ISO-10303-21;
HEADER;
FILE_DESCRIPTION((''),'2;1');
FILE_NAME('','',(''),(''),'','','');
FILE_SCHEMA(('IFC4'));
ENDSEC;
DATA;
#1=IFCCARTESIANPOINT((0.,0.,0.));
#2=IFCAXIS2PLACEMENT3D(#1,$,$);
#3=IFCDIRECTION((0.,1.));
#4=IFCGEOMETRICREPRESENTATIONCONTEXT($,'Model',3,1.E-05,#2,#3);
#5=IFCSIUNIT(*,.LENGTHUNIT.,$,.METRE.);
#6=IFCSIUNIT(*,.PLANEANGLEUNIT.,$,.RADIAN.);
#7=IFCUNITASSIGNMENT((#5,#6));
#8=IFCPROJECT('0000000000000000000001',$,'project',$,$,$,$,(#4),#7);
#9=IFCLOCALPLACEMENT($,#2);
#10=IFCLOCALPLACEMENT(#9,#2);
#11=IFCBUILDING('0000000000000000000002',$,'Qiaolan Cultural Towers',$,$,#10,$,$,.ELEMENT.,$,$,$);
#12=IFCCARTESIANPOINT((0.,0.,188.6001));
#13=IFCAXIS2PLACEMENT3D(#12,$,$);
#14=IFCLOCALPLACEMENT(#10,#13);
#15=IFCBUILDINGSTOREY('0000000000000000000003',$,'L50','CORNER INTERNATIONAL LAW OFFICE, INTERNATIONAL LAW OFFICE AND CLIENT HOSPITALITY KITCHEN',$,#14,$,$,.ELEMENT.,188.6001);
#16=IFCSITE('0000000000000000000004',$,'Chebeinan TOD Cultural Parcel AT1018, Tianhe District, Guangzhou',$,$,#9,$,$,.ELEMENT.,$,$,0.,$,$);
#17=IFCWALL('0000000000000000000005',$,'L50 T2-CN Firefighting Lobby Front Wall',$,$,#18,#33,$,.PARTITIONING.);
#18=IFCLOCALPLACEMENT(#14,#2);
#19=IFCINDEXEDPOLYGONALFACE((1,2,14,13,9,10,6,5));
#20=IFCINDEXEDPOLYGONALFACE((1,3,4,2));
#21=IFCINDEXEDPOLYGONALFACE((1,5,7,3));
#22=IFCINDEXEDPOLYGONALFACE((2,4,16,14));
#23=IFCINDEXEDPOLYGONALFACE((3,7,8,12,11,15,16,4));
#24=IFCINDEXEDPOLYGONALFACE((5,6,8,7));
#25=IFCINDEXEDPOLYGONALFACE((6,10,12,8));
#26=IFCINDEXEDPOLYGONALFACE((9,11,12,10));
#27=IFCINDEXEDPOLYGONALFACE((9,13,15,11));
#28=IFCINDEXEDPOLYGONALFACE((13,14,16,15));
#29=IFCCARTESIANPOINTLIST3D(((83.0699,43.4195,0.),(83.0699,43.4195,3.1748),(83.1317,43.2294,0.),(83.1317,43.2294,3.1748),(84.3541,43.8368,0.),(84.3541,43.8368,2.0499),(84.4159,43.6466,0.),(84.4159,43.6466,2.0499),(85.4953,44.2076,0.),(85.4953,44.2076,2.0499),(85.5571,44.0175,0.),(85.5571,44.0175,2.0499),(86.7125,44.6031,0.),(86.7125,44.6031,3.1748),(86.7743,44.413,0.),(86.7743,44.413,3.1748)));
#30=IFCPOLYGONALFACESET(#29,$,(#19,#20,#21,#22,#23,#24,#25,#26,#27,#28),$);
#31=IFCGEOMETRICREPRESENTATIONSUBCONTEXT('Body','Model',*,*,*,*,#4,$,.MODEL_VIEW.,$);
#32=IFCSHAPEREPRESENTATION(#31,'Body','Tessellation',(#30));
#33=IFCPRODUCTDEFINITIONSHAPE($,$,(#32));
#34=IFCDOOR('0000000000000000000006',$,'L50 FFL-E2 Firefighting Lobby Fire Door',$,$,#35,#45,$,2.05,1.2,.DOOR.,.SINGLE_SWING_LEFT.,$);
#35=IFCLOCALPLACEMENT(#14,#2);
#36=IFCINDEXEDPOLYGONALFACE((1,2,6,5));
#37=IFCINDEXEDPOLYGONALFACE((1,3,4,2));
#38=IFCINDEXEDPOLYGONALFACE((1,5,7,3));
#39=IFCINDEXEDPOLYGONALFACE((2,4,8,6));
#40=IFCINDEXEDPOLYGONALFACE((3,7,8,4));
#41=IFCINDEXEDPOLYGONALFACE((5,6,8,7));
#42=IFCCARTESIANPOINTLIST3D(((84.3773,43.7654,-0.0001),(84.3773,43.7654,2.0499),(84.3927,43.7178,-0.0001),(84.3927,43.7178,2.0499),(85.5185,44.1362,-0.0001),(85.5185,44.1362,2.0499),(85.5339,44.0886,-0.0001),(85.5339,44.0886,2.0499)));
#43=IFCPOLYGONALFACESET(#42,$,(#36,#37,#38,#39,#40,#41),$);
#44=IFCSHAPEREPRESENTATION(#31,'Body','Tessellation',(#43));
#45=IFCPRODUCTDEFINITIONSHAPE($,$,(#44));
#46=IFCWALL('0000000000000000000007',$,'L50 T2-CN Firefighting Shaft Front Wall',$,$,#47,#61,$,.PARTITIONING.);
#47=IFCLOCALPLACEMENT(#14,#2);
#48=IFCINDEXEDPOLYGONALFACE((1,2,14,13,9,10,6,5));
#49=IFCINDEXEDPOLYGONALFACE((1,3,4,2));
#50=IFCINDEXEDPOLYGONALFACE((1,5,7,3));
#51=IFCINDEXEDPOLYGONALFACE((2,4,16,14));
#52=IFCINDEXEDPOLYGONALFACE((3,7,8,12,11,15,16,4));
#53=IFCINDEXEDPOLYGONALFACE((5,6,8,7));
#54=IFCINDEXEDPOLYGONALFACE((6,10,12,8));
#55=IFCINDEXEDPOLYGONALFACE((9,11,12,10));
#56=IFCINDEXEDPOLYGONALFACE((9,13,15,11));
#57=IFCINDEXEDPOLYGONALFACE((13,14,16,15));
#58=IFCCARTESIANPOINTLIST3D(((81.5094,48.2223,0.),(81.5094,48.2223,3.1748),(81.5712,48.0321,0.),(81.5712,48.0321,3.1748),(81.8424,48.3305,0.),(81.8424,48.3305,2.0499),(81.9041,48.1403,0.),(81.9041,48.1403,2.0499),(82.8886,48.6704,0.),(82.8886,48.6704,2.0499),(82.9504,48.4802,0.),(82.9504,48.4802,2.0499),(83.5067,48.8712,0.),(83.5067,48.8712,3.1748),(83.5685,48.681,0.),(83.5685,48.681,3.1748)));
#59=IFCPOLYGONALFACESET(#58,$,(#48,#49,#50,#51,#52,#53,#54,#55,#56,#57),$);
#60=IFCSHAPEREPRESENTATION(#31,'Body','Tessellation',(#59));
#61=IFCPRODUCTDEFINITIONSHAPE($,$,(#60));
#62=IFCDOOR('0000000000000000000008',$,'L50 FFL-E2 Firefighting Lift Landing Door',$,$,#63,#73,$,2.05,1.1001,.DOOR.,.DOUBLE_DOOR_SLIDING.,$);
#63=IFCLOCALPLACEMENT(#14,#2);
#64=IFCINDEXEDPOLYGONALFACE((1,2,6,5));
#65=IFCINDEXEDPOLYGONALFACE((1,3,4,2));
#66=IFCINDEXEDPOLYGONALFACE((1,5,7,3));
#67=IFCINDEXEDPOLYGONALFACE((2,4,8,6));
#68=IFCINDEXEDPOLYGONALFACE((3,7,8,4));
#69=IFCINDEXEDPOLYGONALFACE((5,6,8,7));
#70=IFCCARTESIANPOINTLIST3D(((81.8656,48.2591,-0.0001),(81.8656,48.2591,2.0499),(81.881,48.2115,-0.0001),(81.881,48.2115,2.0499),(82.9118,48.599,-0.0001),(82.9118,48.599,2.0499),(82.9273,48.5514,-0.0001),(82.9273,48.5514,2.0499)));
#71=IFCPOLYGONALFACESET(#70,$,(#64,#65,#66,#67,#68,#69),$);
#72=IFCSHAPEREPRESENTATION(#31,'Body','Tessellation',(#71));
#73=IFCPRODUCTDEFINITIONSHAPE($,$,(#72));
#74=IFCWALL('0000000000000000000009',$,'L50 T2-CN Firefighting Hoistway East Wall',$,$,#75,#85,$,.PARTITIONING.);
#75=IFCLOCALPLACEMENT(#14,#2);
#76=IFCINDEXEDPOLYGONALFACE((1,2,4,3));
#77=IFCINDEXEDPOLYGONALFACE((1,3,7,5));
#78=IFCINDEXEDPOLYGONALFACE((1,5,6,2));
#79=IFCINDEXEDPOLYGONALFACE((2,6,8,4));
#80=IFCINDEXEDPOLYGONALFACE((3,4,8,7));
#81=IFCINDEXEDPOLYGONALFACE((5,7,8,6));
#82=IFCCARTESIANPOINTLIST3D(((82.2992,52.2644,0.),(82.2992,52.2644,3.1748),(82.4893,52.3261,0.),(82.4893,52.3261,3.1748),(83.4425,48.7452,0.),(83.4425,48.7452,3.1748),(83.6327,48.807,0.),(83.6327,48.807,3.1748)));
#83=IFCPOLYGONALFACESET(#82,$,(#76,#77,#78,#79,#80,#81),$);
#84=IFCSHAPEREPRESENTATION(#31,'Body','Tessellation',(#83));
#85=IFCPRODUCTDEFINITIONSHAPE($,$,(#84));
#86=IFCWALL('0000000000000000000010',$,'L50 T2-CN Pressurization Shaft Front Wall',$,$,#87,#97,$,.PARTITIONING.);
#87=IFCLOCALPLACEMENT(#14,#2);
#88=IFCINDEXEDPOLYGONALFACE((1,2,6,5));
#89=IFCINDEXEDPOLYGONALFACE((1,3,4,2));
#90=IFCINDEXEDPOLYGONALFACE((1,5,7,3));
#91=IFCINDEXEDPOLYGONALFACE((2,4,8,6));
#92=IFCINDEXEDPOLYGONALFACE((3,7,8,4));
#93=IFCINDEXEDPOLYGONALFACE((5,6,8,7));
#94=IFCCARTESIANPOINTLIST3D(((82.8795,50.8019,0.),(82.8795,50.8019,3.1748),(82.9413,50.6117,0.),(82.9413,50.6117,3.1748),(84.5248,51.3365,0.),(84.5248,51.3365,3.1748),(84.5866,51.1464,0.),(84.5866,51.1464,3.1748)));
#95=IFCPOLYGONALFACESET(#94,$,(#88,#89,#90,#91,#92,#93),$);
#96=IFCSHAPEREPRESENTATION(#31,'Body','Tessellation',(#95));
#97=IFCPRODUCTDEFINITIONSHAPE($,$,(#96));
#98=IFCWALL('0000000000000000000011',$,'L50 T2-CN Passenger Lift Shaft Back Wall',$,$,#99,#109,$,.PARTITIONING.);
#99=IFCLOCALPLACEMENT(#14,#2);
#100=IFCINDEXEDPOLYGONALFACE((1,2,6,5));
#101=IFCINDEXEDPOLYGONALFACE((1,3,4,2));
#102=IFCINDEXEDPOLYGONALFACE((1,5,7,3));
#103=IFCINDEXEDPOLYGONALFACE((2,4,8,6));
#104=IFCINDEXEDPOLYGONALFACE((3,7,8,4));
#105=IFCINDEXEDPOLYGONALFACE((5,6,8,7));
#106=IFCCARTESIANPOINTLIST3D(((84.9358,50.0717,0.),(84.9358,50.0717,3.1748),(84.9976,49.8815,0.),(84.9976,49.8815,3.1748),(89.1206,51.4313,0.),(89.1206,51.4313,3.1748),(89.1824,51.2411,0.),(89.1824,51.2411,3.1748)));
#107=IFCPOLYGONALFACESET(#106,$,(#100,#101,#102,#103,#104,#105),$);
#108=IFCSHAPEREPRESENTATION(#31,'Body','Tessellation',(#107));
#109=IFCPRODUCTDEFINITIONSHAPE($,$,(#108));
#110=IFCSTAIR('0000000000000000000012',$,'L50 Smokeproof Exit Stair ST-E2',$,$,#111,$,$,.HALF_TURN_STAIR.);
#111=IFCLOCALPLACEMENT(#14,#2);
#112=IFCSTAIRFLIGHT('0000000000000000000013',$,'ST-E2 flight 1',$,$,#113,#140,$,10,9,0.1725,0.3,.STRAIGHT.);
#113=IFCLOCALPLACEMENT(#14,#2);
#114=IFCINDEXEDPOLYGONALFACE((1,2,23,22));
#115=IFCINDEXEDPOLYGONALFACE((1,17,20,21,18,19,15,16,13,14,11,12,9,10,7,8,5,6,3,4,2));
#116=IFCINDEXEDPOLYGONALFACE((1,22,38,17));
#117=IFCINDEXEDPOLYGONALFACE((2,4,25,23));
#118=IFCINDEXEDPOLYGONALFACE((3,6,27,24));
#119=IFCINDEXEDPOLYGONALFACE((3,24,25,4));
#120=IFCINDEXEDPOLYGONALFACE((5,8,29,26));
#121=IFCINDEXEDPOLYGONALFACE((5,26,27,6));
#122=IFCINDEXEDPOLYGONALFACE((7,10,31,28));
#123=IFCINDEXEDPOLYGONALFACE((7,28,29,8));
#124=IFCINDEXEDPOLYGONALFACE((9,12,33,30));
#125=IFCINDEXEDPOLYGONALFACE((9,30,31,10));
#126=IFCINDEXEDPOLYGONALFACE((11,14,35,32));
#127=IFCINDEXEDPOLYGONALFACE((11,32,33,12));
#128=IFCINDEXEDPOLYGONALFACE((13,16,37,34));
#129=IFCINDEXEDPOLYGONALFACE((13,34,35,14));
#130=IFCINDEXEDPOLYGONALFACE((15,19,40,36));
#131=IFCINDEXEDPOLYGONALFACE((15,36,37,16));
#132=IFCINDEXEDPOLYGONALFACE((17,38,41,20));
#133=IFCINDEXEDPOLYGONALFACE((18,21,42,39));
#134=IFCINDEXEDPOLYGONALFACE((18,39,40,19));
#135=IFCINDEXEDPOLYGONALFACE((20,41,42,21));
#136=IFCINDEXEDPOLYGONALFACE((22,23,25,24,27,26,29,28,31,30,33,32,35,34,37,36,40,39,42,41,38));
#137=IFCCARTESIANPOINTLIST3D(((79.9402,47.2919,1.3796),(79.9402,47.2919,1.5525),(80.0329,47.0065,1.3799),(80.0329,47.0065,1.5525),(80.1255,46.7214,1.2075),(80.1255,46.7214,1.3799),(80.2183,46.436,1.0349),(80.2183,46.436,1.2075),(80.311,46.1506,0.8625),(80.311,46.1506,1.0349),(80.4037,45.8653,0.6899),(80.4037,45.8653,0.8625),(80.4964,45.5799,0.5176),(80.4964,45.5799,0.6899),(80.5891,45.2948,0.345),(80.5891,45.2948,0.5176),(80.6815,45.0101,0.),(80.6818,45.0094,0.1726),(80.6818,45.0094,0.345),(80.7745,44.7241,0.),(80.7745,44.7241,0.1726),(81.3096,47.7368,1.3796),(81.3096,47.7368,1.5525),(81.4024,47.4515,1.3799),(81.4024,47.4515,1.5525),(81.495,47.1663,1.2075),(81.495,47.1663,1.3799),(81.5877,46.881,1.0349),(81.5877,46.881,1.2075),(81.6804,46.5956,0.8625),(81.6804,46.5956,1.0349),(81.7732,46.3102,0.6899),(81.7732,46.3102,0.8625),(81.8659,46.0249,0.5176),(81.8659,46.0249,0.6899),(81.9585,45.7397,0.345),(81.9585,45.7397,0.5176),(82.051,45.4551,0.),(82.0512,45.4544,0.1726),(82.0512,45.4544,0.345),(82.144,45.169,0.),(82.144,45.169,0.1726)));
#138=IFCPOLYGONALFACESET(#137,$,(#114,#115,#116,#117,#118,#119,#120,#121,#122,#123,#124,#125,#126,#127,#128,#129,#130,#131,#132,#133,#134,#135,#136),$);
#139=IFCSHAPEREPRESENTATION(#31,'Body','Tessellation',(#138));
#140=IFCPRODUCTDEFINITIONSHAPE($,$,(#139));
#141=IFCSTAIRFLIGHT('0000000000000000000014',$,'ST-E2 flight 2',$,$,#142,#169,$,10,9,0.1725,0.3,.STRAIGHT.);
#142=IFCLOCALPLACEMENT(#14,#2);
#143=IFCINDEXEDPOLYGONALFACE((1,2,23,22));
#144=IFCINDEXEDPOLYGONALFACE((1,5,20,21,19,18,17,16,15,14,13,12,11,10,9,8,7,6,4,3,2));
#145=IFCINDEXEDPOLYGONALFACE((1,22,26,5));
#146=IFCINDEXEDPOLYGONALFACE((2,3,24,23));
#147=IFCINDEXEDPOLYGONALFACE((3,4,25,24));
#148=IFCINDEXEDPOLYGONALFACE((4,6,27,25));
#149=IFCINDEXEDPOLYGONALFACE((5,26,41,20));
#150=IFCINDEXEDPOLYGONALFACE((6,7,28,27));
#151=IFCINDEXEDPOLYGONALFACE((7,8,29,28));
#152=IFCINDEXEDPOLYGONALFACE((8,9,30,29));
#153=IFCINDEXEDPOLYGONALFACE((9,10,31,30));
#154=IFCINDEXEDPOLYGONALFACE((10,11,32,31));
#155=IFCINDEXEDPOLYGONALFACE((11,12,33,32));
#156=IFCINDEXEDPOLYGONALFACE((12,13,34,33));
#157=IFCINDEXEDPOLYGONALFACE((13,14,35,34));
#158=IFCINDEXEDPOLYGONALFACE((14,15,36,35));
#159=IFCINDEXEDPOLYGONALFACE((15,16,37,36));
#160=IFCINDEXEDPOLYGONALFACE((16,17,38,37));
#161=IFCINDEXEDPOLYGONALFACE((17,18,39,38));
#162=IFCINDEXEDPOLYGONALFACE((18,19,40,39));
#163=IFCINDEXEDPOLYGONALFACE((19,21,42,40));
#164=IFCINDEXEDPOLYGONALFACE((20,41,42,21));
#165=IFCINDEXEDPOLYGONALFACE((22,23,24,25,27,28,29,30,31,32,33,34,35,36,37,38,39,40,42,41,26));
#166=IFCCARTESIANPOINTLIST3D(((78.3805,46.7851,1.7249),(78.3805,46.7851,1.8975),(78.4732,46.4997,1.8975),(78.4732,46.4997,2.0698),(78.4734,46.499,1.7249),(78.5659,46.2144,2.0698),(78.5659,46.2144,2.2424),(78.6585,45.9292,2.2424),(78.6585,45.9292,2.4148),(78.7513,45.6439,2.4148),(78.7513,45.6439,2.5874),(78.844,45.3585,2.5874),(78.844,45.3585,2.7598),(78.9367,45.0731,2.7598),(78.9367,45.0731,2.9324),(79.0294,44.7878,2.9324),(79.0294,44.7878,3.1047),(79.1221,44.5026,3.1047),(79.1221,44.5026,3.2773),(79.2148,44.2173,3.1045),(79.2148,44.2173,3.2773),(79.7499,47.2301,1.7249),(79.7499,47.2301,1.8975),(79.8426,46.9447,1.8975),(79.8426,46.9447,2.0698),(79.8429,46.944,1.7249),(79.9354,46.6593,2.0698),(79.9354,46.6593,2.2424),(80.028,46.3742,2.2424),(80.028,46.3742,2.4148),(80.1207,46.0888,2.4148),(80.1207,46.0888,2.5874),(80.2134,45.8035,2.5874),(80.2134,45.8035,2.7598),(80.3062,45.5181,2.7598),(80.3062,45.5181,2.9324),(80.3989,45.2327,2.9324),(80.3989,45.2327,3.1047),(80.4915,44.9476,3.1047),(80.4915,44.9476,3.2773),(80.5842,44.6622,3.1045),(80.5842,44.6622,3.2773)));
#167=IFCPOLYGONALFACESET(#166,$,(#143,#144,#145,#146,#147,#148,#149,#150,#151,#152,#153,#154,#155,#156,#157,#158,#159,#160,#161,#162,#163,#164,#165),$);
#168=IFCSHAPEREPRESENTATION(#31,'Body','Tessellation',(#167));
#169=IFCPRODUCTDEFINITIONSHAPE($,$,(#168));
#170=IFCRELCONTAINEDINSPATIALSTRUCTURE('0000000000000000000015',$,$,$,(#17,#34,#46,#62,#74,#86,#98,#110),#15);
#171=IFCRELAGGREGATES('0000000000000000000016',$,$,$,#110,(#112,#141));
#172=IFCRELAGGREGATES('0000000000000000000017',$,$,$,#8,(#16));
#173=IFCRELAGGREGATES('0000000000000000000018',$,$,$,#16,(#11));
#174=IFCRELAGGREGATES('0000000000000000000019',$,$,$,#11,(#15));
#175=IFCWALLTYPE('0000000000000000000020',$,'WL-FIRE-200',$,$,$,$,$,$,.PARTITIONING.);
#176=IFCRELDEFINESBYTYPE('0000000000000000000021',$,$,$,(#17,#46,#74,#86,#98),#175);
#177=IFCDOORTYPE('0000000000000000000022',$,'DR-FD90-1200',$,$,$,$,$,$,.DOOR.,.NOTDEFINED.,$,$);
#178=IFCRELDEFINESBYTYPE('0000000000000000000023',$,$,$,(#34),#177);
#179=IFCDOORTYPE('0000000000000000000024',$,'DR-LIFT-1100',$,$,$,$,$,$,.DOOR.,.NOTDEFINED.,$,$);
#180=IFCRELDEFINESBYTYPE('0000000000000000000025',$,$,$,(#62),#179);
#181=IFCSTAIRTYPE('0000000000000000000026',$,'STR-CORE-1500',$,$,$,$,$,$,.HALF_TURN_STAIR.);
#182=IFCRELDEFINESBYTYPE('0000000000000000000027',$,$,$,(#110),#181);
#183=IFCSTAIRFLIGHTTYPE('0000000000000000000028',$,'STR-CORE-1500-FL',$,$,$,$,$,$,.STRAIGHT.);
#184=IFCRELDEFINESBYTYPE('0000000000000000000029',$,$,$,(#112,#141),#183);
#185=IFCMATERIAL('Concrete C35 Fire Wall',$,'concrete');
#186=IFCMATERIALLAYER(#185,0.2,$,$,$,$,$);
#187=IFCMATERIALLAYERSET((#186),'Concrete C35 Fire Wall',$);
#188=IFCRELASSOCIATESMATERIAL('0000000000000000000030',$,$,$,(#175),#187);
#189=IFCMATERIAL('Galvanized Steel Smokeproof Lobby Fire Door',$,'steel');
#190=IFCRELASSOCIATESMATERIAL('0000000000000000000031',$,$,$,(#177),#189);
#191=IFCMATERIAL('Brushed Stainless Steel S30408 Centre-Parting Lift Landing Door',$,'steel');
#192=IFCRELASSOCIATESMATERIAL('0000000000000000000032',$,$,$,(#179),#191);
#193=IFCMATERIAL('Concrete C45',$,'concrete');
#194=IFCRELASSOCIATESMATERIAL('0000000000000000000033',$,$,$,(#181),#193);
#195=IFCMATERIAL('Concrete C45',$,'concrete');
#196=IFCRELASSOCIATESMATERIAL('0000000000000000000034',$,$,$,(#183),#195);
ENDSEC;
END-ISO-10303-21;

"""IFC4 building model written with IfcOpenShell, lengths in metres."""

from ifc_helpers import new_model, si_unit, direction, frame, frame_2d, origin, place, context, subcontext, project, spatial, polyline, rectangle, outline, extrude, material, layer, layer_set, type_object, element, fill, aggregate, save


model = new_model("IFC4")

# Units and contexts
model_context = context("Model", 3, precision=1e-05, world=origin(), true_north=direction((0.0, 1.0)))
body_context = subcontext(model_context, "Body", "Model", "MODEL_VIEW")
ifc_project = project(units=[si_unit("LENGTHUNIT", "METRE"), si_unit("PLANEANGLEUNIT", "RADIAN")], contexts=[model_context])

# Site, building, storey
site_placement = place(None, origin())
site = spatial("IfcSite", under=ifc_project, at=site_placement, Name="Chebeinan TOD Cultural Parcel AT1018, Tianhe District, Guangzhou", CompositionType="ELEMENT", RefElevation=0.0)
building_placement = place(site_placement, origin())
building = spatial("IfcBuilding", under=site, at=building_placement, Name="Qiaolan Cultural Towers", CompositionType="ELEMENT")
storey_placement = place(building_placement, frame((0.0, 0.0, 188.6001)))
storey = spatial("IfcBuildingStorey", under=building, at=storey_placement, Name="L50", Description="CORNER INTERNATIONAL LAW OFFICE, INTERNATIONAL LAW OFFICE AND CLIENT HOSPITALITY KITCHEN", CompositionType="ELEMENT", Elevation=188.6001)

# Walls, openings, doors
ifc_material_1 = material(Name="Concrete C35 Fire Wall", Category="concrete")
ifc_layer_1 = layer(ifc_material_1, 0.2)
ifc_layer_set_1 = layer_set([ifc_layer_1], Name="Concrete C35 Fire Wall")
wall_type_1 = type_object("IfcWallType", Name="WL-FIRE-200", PredefinedType="PARTITIONING", material=ifc_layer_set_1)
wall_1_placement = place(storey_placement, frame((83.1008, 43.3245, 0.0), z_axis=(0.0, 0.0, 1.0), x_axis=(0.951053, 0.309028, 0.0)))
wall_1 = element("IfcWall", 1, at=wall_1_placement, inside=storey, type_object=wall_type_1, Name="L50 T2-CN Firefighting Lobby Front Wall", PredefinedType="PARTITIONING", context=body_context, shape_type="SweptSolid", body=[
    extrude(rectangle(XDim=3.8301, YDim=0.2, at=frame_2d((1.915, 0.0))), origin(), (0.0, 0.0, 1.0), 3.1748),
])
opening_1_placement = place(wall_1_placement, frame((1.3501, 0.0, 0.0)))
opening_1 = element("IfcOpeningElement", 2, at=opening_1_placement, cuts=wall_1, PredefinedType="OPENING", context=body_context, shape_type="SweptSolid", body=[
    extrude(rectangle(XDim=1.2, YDim=2.05, at=frame_2d((0.6001, 1.0249))), frame((0.0, 0.1099, 0.0), z_axis=(0.0, -1.0, 0.0), x_axis=(1.0, 0.0, 0.0)), (0.0, 0.0, 1.0), 0.22),
])
ifc_material_2 = material(Name="Galvanized Steel Smokeproof Lobby Fire Door", Category="steel")
door_type_1 = type_object("IfcDoorType", Name="DR-FD90-1200", OperationType="NOTDEFINED", PredefinedType="DOOR", material=ifc_material_2)
door_1_placement = place(opening_1_placement, origin())
door_1 = element("IfcDoor", 3, at=door_1_placement, inside=storey, type_object=door_type_1, Name="L50 FFL-E2 Firefighting Lobby Fire Door", OperationType="SINGLE_SWING_LEFT", OverallHeight=2.05, OverallWidth=1.2, PredefinedType="DOOR", context=body_context, shape_type="SweptSolid", body=[
    extrude(rectangle(XDim=1.2, YDim=2.05, at=frame_2d((0.6001, 1.0249))), frame((0.0, 0.0249, 0.0), z_axis=(0.0, -1.0, 0.0), x_axis=(1.0, 0.0, 0.0)), (0.0, 0.0, 1.0), 0.05),
])
fill(opening_1, door_1)
wall_2_placement = place(storey_placement, frame((81.5403, 48.1272, 0.0), z_axis=(0.0, 0.0, 1.0), x_axis=(0.951062, 0.308999, 0.0)))
wall_2 = element("IfcWall", 4, at=wall_2_placement, inside=storey, type_object=wall_type_1, Name="L50 T2-CN Firefighting Shaft Front Wall", PredefinedType="PARTITIONING", context=body_context, shape_type="SweptSolid", body=[
    extrude(rectangle(XDim=2.1001, YDim=0.2, at=frame_2d((1.05, 0.0))), origin(), (0.0, 0.0, 1.0), 3.1748),
])
opening_2_placement = place(wall_2_placement, frame((0.3501, 0.0, 0.0)))
opening_2 = element("IfcOpeningElement", 5, at=opening_2_placement, cuts=wall_2, PredefinedType="OPENING", context=body_context, shape_type="SweptSolid", body=[
    extrude(rectangle(XDim=1.1001, YDim=2.05, at=frame_2d((0.55, 1.0249))), frame((0.0, 0.1099, 0.0), z_axis=(0.0, -1.0, 0.0), x_axis=(1.0, 0.0, 0.0)), (0.0, 0.0, 1.0), 0.22),
])
ifc_material_3 = material(Name="Brushed Stainless Steel S30408 Centre-Parting Lift Landing Door", Category="steel")
door_type_2 = type_object("IfcDoorType", Name="DR-LIFT-1100", OperationType="NOTDEFINED", PredefinedType="DOOR", material=ifc_material_3)
door_2_placement = place(opening_2_placement, origin())
door_2 = element("IfcDoor", 6, at=door_2_placement, inside=storey, type_object=door_type_2, Name="L50 FFL-E2 Firefighting Lift Landing Door", OperationType="DOUBLE_DOOR_SLIDING", OverallHeight=2.05, OverallWidth=1.1001, PredefinedType="DOOR", context=body_context, shape_type="SweptSolid", body=[
    extrude(rectangle(XDim=1.1001, YDim=2.05, at=frame_2d((0.55, 1.0249))), frame((0.0, 0.0249, 0.0), z_axis=(0.0, -1.0, 0.0), x_axis=(1.0, 0.0, 0.0)), (0.0, 0.0, 1.0), 0.05),
])
fill(opening_2, door_2)

# Walls
wall_3_placement = place(storey_placement, frame((83.5376, 48.7761, 0.0), z_axis=(0.0, 0.0, 1.0), x_axis=(-0.308994, 0.951064, 0.0)))
element("IfcWall", 7, at=wall_3_placement, inside=storey, type_object=wall_type_1, Name="L50 T2-CN Firefighting Hoistway East Wall", PredefinedType="PARTITIONING", context=body_context, shape_type="SweptSolid", body=[
    extrude(rectangle(XDim=3.7002, YDim=0.2, at=frame_2d((1.8501, 0.0))), origin(), (0.0, 0.0, 1.0), 3.1748),
])
wall_4_placement = place(storey_placement, frame((82.9104, 50.7068, 0.0), z_axis=(0.0, 0.0, 1.0), x_axis=(0.951041, 0.309064, 0.0)))
element("IfcWall", 8, at=wall_4_placement, inside=storey, type_object=wall_type_1, Name="L50 T2-CN Pressurization Shaft Front Wall", PredefinedType="PARTITIONING", context=body_context, shape_type="SweptSolid", body=[
    extrude(rectangle(XDim=1.73, YDim=0.2, at=frame_2d((0.865, 0.0))), origin(), (0.0, 0.0, 1.0), 3.1748),
])
wall_5_placement = place(storey_placement, frame((84.9666, 49.9766, 0.0), z_axis=(0.0, 0.0, 1.0), x_axis=(0.951064, 0.308994, 0.0)))
element("IfcWall", 9, at=wall_5_placement, inside=storey, type_object=wall_type_1, Name="L50 T2-CN Passenger Lift Shaft Back Wall", PredefinedType="PARTITIONING", context=body_context, shape_type="SweptSolid", body=[
    extrude(rectangle(XDim=4.4001, YDim=0.2, at=frame_2d((2.2002, 0.0))), origin(), (0.0, 0.0, 1.0), 3.1748),
])

# Stair, stair flights
ifc_material_4 = material(Name="Concrete C45", Category="concrete")
stair_type = type_object("IfcStairType", Name="STR-CORE-1500", PredefinedType="HALF_TURN_STAIR", material=ifc_material_4)
stair_placement = place(storey_placement, origin())
stair = element("IfcStair", 10, at=stair_placement, inside=storey, type_object=stair_type, Name="L50 Smokeproof Exit Stair ST-E2", PredefinedType="HALF_TURN_STAIR")
ifc_material_5 = material(Name="Concrete C45", Category="concrete")
stair_flight_type = type_object("IfcStairFlightType", Name="STR-CORE-1500-FL", PredefinedType="STRAIGHT", material=ifc_material_5)
stair_flight_1_placement = place(storey_placement, frame((81.4592, 44.9465, 0.0), z_axis=(0.0, 0.0, 1.0), x_axis=(-0.309017, 0.951057, 0.0)))
stair_flight_1 = element("IfcStairFlight", 11, at=stair_flight_1_placement, type_object=stair_flight_type, Name="ST-E2 flight 1", NumberOfRisers=10, NumberOfTreads=9, PredefinedType="STRAIGHT", RiserHeight=0.1725, TreadLength=0.3, context=body_context, shape_type="SweptSolid", body=[
    extrude(outline(polyline([(0.0, 0.0), (0.0, 0.1726), (0.3, 0.1726), (0.3, 0.345), (0.6001, 0.345), (0.6001, 0.5176), (0.8999, 0.5176), (0.8999, 0.6899), (1.2, 0.6899), (1.2, 0.8625), (1.5, 0.8625), (1.5, 1.0349), (1.8, 1.0349), (1.8, 1.2075), (2.1001, 1.2075), (2.1001, 1.3799), (2.3999, 1.3799), (2.3999, 1.5525), (2.7, 1.5525), (2.7, 1.7251), (2.7, 1.3796), (0.3008, 0.0), (0.0, 0.0)])), frame((0.0, 0.72, 0.0), z_axis=(0.0, -1.0, 0.0), x_axis=(1.0, 0.0, 0.0)), (0.0, 0.0, 1.0), 1.4399),
])
stair_flight_2_placement = place(storey_placement, frame((79.0652, 47.0076, 1.7249), z_axis=(0.0, 0.0, 1.0), x_axis=(0.309017, -0.951057, 0.0)))
stair_flight_2 = element("IfcStairFlight", 12, at=stair_flight_2_placement, type_object=stair_flight_type, Name="ST-E2 flight 2", NumberOfRisers=10, NumberOfTreads=9, PredefinedType="STRAIGHT", RiserHeight=0.1725, TreadLength=0.3, context=body_context, shape_type="SweptSolid", body=[
    extrude(outline(polyline([(0.0, 0.0), (0.0, 0.1726), (0.3, 0.1726), (0.3, 0.345), (0.6001, 0.345), (0.6001, 0.5176), (0.8999, 0.5176), (0.8999, 0.6899), (1.2, 0.6899), (1.2, 0.8625), (1.5, 0.8625), (1.5, 1.0349), (1.8, 1.0349), (1.8, 1.2075), (2.1001, 1.2075), (2.1001, 1.3799), (2.3999, 1.3799), (2.3999, 1.5525), (2.7, 1.5525), (2.7, 1.7251), (2.7, 1.3796), (0.3008, 0.0), (0.0, 0.0)])), frame((0.0, 0.72, 0.0), z_axis=(0.0, -1.0, 0.0), x_axis=(1.0, 0.0, 0.0)), (0.0, 0.0, 1.0), 1.4399),
])
aggregate(stair, [stair_flight_1, stair_flight_2])

save(model, "model.ifc")
